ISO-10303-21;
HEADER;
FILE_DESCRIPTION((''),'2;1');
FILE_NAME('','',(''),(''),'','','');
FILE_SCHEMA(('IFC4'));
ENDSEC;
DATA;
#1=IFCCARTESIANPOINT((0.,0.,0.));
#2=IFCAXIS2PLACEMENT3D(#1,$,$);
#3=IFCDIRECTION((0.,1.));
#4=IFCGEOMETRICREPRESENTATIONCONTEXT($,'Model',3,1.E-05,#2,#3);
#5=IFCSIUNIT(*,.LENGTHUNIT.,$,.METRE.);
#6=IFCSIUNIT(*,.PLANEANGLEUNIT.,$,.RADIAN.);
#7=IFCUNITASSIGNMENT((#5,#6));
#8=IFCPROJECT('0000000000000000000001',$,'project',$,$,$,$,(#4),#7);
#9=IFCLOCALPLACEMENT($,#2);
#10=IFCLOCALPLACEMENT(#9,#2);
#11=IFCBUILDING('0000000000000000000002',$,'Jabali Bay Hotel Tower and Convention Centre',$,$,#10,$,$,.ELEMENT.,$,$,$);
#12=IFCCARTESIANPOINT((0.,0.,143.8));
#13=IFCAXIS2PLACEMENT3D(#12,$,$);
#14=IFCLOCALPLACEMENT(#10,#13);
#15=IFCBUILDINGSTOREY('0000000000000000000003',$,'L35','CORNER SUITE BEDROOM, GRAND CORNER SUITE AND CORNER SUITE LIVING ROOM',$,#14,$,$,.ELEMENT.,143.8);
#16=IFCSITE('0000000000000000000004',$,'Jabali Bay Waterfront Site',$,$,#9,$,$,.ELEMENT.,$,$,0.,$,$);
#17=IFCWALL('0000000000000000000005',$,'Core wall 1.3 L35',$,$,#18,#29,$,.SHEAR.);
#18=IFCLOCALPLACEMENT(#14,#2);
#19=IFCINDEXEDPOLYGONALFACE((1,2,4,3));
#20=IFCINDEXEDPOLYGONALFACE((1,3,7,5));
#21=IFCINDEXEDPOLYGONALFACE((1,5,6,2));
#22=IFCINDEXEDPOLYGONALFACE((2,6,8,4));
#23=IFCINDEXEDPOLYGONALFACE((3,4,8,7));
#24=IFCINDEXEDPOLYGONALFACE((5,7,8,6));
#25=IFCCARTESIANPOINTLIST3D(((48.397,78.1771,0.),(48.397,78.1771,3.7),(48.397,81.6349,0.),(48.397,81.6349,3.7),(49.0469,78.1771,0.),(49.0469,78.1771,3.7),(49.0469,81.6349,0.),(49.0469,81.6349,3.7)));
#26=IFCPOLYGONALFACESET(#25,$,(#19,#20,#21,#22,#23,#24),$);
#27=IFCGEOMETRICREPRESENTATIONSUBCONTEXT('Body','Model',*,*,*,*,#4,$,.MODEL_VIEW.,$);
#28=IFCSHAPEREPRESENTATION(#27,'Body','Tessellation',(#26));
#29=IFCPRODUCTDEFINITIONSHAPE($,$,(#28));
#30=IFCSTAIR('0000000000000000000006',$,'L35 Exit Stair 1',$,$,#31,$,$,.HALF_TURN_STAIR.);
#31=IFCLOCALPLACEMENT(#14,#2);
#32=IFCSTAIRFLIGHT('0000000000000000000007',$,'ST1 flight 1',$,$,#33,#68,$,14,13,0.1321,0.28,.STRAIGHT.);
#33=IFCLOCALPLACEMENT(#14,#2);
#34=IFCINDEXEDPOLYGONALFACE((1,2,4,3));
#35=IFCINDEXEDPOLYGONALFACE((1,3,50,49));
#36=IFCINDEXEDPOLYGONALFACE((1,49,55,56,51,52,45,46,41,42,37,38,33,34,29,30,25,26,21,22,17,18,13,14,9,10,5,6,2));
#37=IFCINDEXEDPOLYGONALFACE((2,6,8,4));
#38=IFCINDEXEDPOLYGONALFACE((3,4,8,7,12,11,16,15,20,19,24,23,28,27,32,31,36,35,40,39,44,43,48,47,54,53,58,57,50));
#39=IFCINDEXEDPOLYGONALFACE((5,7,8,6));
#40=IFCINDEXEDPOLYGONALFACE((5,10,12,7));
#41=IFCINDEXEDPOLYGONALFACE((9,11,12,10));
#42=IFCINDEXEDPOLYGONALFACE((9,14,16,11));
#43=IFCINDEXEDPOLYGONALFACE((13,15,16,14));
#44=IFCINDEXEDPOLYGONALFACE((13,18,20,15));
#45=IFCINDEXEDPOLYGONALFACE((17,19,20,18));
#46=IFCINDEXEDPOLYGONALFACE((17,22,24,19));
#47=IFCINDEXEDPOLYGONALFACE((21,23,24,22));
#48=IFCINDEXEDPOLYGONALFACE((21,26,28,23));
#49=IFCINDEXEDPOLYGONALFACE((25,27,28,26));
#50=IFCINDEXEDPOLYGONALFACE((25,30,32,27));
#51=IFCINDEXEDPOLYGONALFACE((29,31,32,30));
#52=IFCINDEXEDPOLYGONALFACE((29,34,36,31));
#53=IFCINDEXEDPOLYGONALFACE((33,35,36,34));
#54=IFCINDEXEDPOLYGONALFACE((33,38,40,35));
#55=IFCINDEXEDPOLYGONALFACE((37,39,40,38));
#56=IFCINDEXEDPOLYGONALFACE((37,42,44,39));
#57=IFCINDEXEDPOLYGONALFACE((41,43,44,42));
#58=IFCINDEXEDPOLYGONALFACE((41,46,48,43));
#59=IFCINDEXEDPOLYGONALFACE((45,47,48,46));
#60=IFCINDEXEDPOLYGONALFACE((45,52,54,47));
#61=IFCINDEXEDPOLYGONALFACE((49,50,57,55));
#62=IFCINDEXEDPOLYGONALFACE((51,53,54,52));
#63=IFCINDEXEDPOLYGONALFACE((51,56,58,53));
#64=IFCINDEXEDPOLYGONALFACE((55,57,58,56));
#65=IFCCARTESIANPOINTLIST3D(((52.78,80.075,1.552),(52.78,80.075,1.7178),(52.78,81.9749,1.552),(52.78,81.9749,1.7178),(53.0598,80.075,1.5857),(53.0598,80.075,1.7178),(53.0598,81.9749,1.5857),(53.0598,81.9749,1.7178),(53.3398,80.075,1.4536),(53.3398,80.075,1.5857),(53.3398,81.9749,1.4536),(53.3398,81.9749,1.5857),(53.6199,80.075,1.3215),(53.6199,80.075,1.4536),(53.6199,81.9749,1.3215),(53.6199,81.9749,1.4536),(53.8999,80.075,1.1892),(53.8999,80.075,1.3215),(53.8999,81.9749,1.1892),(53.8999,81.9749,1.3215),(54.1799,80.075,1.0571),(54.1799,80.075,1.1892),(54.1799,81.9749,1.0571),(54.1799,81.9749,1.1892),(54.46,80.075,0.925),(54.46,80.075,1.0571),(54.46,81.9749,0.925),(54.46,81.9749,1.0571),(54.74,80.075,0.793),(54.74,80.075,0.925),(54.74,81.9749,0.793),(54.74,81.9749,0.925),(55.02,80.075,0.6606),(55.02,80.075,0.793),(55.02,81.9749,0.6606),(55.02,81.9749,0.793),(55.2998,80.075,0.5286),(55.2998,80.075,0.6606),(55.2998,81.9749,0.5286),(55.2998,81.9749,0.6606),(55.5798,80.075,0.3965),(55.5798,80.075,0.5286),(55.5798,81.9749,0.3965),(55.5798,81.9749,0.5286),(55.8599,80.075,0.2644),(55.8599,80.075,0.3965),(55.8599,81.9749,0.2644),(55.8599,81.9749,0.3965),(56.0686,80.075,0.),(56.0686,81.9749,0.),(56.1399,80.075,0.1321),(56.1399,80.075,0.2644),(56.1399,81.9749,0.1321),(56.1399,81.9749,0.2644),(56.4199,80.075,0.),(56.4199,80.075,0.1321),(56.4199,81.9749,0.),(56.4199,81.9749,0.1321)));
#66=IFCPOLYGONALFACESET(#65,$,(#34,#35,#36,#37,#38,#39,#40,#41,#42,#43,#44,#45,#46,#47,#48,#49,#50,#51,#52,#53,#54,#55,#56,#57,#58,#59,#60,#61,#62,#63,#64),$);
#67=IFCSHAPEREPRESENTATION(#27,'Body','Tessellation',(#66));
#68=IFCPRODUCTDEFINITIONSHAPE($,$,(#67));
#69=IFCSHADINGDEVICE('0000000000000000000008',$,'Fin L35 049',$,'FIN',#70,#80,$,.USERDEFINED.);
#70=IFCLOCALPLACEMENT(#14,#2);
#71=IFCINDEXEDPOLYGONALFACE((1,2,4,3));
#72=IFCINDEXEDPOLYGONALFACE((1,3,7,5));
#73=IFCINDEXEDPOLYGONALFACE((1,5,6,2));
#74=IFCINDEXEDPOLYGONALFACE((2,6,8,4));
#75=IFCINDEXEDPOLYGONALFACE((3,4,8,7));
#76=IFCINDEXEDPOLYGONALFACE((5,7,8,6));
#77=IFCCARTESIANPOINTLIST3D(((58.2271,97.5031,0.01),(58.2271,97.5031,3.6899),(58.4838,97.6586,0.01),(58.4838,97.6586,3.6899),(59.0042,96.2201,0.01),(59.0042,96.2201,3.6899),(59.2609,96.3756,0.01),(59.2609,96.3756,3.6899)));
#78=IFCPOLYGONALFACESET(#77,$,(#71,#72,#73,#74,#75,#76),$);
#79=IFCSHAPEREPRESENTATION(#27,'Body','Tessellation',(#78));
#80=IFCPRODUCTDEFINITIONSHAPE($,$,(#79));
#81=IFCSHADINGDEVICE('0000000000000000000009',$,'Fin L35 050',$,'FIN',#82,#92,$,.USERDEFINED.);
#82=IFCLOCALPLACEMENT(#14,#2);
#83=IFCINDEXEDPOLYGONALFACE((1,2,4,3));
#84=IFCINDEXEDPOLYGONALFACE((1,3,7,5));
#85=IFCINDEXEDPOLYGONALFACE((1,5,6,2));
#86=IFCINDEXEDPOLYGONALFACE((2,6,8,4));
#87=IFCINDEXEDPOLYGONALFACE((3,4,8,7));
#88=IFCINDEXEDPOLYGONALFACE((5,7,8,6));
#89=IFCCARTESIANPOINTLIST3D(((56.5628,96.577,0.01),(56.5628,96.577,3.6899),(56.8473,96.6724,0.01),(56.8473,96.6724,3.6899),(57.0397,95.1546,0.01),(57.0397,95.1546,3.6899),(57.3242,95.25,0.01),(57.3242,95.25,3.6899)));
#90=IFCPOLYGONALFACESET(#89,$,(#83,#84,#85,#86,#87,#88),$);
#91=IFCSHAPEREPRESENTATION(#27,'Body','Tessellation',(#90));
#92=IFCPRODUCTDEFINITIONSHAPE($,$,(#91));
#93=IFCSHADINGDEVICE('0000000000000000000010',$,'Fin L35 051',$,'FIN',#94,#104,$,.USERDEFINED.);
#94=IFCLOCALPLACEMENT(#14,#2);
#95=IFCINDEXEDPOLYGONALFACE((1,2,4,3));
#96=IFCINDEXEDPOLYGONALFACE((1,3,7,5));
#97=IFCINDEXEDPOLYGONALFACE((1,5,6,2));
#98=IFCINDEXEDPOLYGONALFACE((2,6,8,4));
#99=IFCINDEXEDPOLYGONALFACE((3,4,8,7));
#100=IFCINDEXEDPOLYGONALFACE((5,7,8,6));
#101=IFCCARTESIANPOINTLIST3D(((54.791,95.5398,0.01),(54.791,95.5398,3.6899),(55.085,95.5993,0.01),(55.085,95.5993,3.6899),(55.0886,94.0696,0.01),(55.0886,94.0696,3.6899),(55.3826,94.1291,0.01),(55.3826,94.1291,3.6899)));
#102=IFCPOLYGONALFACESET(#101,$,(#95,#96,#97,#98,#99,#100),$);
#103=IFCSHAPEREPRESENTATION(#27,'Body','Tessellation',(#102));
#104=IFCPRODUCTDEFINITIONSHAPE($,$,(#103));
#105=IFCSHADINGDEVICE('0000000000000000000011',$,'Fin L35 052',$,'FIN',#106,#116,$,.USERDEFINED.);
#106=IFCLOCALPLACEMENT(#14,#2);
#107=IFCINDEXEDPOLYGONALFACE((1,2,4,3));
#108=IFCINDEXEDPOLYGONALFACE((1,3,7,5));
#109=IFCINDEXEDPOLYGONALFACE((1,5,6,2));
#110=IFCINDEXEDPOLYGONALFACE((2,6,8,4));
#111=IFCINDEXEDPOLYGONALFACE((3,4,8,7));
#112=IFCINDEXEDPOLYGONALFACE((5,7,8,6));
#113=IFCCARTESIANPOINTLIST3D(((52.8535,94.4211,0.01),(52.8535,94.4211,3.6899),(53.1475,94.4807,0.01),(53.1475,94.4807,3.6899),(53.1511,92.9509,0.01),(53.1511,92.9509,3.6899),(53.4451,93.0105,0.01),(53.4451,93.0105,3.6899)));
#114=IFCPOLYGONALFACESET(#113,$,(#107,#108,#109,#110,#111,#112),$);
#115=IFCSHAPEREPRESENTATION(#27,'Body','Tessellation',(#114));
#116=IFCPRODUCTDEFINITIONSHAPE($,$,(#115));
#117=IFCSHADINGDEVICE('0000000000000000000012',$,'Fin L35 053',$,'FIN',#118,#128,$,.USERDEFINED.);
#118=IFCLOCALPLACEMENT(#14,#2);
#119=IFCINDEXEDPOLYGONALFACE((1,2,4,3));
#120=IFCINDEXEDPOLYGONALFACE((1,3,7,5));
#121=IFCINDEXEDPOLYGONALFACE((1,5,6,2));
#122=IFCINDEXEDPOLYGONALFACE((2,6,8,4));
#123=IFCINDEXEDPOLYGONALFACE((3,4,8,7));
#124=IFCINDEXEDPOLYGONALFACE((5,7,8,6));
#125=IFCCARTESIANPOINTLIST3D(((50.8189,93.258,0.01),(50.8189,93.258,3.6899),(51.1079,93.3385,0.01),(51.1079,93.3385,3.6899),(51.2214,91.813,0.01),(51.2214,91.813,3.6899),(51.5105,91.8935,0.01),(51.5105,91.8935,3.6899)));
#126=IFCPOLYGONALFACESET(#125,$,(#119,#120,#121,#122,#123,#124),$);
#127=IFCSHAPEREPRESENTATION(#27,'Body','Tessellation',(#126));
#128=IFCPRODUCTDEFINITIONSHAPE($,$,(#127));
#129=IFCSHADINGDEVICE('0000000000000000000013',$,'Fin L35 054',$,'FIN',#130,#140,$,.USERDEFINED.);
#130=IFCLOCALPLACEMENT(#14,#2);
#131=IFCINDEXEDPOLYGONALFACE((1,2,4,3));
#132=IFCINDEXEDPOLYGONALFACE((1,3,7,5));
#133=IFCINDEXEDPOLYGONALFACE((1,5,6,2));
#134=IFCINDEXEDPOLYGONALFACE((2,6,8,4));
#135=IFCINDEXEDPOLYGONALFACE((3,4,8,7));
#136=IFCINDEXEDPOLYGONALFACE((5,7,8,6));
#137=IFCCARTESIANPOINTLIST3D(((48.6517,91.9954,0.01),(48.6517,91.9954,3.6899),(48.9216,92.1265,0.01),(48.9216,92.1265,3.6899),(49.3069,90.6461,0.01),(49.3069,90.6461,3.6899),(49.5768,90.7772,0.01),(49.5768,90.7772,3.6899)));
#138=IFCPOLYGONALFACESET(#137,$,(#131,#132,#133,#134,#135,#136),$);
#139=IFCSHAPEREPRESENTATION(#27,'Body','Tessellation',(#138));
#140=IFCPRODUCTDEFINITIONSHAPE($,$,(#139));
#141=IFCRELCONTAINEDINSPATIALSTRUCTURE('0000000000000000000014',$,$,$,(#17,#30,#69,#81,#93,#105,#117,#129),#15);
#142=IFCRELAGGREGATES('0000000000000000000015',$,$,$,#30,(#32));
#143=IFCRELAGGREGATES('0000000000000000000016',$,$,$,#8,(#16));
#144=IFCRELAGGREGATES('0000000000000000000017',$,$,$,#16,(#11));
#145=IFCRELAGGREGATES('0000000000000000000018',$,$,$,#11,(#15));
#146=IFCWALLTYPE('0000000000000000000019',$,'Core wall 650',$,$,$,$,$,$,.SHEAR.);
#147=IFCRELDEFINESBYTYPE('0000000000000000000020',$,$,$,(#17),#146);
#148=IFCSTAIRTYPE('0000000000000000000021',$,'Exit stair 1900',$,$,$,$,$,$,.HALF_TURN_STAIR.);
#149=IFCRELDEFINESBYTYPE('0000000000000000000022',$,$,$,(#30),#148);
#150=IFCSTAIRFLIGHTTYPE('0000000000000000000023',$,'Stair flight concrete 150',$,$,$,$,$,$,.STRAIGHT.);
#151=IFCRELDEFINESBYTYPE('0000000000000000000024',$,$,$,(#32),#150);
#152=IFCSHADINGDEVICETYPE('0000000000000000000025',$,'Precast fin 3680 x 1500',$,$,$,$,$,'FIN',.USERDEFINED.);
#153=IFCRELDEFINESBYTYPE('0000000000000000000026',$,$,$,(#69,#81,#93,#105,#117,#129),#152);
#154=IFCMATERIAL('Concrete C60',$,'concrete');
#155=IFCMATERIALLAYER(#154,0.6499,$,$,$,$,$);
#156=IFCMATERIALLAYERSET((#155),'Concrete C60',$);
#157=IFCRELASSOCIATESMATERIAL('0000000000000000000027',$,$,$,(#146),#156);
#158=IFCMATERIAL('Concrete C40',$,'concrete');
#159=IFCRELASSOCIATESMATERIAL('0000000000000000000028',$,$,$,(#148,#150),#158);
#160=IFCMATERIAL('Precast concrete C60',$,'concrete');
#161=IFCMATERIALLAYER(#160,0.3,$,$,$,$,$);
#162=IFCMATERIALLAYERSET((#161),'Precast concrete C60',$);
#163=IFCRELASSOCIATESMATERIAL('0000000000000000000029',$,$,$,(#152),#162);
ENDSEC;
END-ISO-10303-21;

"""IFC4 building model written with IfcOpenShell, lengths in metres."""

from ifc_helpers import new_model, si_unit, direction, frame, frame_2d, origin, place, context, subcontext, project, spatial, polyline, rectangle, outline, extrude, material, layer, layer_set, type_object, element, aggregate, save


model = new_model("IFC4")

# Units and contexts
model_context = context("Model", 3, precision=1e-05, world=origin(), true_north=direction((0.0, 1.0)))
body_context = subcontext(model_context, "Body", "Model", "MODEL_VIEW")
ifc_project = project(units=[si_unit("LENGTHUNIT", "METRE"), si_unit("PLANEANGLEUNIT", "RADIAN")], contexts=[model_context])

# Site, building, storey
site_placement = place(None, origin())
site = spatial("IfcSite", under=ifc_project, at=site_placement, Name="Jabali Bay Waterfront Site", CompositionType="ELEMENT", RefElevation=0.0)
building_placement = place(site_placement, origin())
building = spatial("IfcBuilding", under=site, at=building_placement, Name="Jabali Bay Hotel Tower and Convention Centre", CompositionType="ELEMENT")
storey_placement = place(building_placement, frame((0.0, 0.0, 143.8)))
storey = spatial("IfcBuildingStorey", under=building, at=storey_placement, Name="L35", Description="CORNER SUITE BEDROOM, GRAND CORNER SUITE AND CORNER SUITE LIVING ROOM", CompositionType="ELEMENT", Elevation=143.8)

# Shared definitions
ifc_material_1 = material(Name="Concrete C60", Category="concrete")

# Shared definitions
ifc_material_2 = material(Name="Concrete C40", Category="concrete")

# Wall
ifc_layer_1 = layer(ifc_material_1, 0.6499)
ifc_layer_set_1 = layer_set([ifc_layer_1], Name="Concrete C60")
wall_type_1 = type_object("IfcWallType", Name="Core wall 650", PredefinedType="SHEAR", material=ifc_layer_set_1)
wall_1_placement = place(storey_placement, frame((48.7219, 81.635, 0.0), z_axis=(0.0, 0.0, 1.0), x_axis=(0.0, -1.0, 0.0)))
element("IfcWall", 1, at=wall_1_placement, inside=storey, type_object=wall_type_1, Name="Core wall 1.3 L35", PredefinedType="SHEAR", context=body_context, shape_type="SweptSolid", body=[
    extrude(rectangle(XDim=3.4578, YDim=0.6499, at=frame_2d((1.729, 0.0))), origin(), (0.0, 0.0, 1.0), 3.7),
])

# Stair, stair flight
stair_type = type_object("IfcStairType", Name="Exit stair 1900", PredefinedType="HALF_TURN_STAIR", material=ifc_material_2)
stair_placement = place(storey_placement, origin())
stair = element("IfcStair", 2, at=stair_placement, inside=storey, type_object=stair_type, Name="L35 Exit Stair 1", PredefinedType="HALF_TURN_STAIR")
stair_flight_type = type_object("IfcStairFlightType", Name="Stair flight concrete 150", PredefinedType="STRAIGHT", material=ifc_material_2)
stair_flight_placement = place(storey_placement, frame((56.4199, 81.0249, 0.0), z_axis=(0.0, 0.0, 1.0), x_axis=(-1.0, 0.0, 0.0)))
stair_flight = element("IfcStairFlight", 3, at=stair_flight_placement, type_object=stair_flight_type, Name="ST1 flight 1", NumberOfRisers=14, NumberOfTreads=13, PredefinedType="STRAIGHT", RiserHeight=0.1321, TreadLength=0.28, context=body_context, shape_type="SweptSolid", body=[
    extrude(outline(polyline([(0.0, 0.0), (0.0, 0.1321), (0.28, 0.1321), (0.28, 0.2644), (0.5601, 0.2644), (0.5601, 0.3965), (0.8401, 0.3965), (0.8401, 0.5286), (1.1201, 0.5286), (1.1201, 0.6606), (1.3999, 0.6606), (1.3999, 0.793), (1.6799, 0.793), (1.6799, 0.925), (1.96, 0.925), (1.96, 1.0571), (2.24, 1.0571), (2.24, 1.1892), (2.52, 1.1892), (2.52, 1.3215), (2.8, 1.3215), (2.8, 1.4536), (3.0801, 1.4536), (3.0801, 1.5857), (3.3601, 1.5857), (3.3601, 1.7178), (3.6399, 1.7178), (3.6399, 1.8501), (3.6399, 1.552), (0.3513, 0.0), (0.0, 0.0)])), frame((0.0, 0.95, 0.0), z_axis=(0.0, -1.0, 0.0), x_axis=(1.0, 0.0, 0.0)), (0.0, 0.0, 1.0), 1.8999),
])
aggregate(stair, [stair_flight])

# Shading devices
ifc_material_3 = material(Name="Precast concrete C60", Category="concrete")
ifc_layer_2 = layer(ifc_material_3, 0.3)
ifc_layer_set_2 = layer_set([ifc_layer_2], Name="Precast concrete C60")
shading_device_type = type_object("IfcShadingDeviceType", Name="Precast fin 3680 x 1500", ElementType="FIN", PredefinedType="USERDEFINED", material=ifc_layer_set_2)
shading_device_1_placement = place(storey_placement, frame((59.1326, 96.2979, 0.01), z_axis=(0.0, 0.0, 1.0), x_axis=(-0.518082, 0.855331, 0.0)))
element("IfcShadingDevice", 4, at=shading_device_1_placement, inside=storey, type_object=shading_device_type, Name="Fin L35 049", ObjectType="FIN", PredefinedType="USERDEFINED", context=body_context, shape_type="SweptSolid", body=[
    extrude(rectangle(XDim=1.5, YDim=0.3, at=frame_2d((0.75, 0.0))), origin(), (0.0, 0.0, 1.0), 3.6799),
])
shading_device_2_placement = place(storey_placement, frame((57.1819, 95.2024, 0.01), z_axis=(0.0, 0.0, 1.0), x_axis=(-0.317838, 0.948145, 0.0)))
element("IfcShadingDevice", 5, at=shading_device_2_placement, inside=storey, type_object=shading_device_type, Name="Fin L35 050", ObjectType="FIN", PredefinedType="USERDEFINED", context=body_context, shape_type="SweptSolid", body=[
    extrude(rectangle(XDim=1.5002, YDim=0.3, at=frame_2d((0.75, 0.0))), origin(), (0.0, 0.0, 1.0), 3.6799),
])
for number, where, z_axis, x_axis, name in (
    (6, (55.2356, 94.0994, 0.01), (0.0, 0.0, 1.0), (-0.1984, 0.980121, 0.0), "Fin L35 051"),
    (7, (53.2981, 92.9807, 0.01), (0.0, 0.0, 1.0), (-0.1984, 0.980121, 0.0), "Fin L35 052"),
    (8, (51.366, 91.8533, 0.01), (0.0, 0.0, 1.0), (-0.268374, 0.963315, 0.0), "Fin L35 053"),
    (9, (49.4419, 90.7117, 0.01), (0.0, 0.0, 1.0), (-0.436832, 0.899543, 0.0), "Fin L35 054"),
):
    element("IfcShadingDevice", number, at=place(storey_placement, frame(where, z_axis=z_axis, x_axis=x_axis)), inside=storey, type_object=shading_device_type, Name=name, ObjectType="FIN", PredefinedType="USERDEFINED", context=body_context, shape_type="SweptSolid", body=[
        extrude(rectangle(XDim=1.5, YDim=0.3, at=frame_2d((0.75, 0.0))), origin(), (0.0, 0.0, 1.0), 3.6799),
    ])

save(model, "model.ifc")
